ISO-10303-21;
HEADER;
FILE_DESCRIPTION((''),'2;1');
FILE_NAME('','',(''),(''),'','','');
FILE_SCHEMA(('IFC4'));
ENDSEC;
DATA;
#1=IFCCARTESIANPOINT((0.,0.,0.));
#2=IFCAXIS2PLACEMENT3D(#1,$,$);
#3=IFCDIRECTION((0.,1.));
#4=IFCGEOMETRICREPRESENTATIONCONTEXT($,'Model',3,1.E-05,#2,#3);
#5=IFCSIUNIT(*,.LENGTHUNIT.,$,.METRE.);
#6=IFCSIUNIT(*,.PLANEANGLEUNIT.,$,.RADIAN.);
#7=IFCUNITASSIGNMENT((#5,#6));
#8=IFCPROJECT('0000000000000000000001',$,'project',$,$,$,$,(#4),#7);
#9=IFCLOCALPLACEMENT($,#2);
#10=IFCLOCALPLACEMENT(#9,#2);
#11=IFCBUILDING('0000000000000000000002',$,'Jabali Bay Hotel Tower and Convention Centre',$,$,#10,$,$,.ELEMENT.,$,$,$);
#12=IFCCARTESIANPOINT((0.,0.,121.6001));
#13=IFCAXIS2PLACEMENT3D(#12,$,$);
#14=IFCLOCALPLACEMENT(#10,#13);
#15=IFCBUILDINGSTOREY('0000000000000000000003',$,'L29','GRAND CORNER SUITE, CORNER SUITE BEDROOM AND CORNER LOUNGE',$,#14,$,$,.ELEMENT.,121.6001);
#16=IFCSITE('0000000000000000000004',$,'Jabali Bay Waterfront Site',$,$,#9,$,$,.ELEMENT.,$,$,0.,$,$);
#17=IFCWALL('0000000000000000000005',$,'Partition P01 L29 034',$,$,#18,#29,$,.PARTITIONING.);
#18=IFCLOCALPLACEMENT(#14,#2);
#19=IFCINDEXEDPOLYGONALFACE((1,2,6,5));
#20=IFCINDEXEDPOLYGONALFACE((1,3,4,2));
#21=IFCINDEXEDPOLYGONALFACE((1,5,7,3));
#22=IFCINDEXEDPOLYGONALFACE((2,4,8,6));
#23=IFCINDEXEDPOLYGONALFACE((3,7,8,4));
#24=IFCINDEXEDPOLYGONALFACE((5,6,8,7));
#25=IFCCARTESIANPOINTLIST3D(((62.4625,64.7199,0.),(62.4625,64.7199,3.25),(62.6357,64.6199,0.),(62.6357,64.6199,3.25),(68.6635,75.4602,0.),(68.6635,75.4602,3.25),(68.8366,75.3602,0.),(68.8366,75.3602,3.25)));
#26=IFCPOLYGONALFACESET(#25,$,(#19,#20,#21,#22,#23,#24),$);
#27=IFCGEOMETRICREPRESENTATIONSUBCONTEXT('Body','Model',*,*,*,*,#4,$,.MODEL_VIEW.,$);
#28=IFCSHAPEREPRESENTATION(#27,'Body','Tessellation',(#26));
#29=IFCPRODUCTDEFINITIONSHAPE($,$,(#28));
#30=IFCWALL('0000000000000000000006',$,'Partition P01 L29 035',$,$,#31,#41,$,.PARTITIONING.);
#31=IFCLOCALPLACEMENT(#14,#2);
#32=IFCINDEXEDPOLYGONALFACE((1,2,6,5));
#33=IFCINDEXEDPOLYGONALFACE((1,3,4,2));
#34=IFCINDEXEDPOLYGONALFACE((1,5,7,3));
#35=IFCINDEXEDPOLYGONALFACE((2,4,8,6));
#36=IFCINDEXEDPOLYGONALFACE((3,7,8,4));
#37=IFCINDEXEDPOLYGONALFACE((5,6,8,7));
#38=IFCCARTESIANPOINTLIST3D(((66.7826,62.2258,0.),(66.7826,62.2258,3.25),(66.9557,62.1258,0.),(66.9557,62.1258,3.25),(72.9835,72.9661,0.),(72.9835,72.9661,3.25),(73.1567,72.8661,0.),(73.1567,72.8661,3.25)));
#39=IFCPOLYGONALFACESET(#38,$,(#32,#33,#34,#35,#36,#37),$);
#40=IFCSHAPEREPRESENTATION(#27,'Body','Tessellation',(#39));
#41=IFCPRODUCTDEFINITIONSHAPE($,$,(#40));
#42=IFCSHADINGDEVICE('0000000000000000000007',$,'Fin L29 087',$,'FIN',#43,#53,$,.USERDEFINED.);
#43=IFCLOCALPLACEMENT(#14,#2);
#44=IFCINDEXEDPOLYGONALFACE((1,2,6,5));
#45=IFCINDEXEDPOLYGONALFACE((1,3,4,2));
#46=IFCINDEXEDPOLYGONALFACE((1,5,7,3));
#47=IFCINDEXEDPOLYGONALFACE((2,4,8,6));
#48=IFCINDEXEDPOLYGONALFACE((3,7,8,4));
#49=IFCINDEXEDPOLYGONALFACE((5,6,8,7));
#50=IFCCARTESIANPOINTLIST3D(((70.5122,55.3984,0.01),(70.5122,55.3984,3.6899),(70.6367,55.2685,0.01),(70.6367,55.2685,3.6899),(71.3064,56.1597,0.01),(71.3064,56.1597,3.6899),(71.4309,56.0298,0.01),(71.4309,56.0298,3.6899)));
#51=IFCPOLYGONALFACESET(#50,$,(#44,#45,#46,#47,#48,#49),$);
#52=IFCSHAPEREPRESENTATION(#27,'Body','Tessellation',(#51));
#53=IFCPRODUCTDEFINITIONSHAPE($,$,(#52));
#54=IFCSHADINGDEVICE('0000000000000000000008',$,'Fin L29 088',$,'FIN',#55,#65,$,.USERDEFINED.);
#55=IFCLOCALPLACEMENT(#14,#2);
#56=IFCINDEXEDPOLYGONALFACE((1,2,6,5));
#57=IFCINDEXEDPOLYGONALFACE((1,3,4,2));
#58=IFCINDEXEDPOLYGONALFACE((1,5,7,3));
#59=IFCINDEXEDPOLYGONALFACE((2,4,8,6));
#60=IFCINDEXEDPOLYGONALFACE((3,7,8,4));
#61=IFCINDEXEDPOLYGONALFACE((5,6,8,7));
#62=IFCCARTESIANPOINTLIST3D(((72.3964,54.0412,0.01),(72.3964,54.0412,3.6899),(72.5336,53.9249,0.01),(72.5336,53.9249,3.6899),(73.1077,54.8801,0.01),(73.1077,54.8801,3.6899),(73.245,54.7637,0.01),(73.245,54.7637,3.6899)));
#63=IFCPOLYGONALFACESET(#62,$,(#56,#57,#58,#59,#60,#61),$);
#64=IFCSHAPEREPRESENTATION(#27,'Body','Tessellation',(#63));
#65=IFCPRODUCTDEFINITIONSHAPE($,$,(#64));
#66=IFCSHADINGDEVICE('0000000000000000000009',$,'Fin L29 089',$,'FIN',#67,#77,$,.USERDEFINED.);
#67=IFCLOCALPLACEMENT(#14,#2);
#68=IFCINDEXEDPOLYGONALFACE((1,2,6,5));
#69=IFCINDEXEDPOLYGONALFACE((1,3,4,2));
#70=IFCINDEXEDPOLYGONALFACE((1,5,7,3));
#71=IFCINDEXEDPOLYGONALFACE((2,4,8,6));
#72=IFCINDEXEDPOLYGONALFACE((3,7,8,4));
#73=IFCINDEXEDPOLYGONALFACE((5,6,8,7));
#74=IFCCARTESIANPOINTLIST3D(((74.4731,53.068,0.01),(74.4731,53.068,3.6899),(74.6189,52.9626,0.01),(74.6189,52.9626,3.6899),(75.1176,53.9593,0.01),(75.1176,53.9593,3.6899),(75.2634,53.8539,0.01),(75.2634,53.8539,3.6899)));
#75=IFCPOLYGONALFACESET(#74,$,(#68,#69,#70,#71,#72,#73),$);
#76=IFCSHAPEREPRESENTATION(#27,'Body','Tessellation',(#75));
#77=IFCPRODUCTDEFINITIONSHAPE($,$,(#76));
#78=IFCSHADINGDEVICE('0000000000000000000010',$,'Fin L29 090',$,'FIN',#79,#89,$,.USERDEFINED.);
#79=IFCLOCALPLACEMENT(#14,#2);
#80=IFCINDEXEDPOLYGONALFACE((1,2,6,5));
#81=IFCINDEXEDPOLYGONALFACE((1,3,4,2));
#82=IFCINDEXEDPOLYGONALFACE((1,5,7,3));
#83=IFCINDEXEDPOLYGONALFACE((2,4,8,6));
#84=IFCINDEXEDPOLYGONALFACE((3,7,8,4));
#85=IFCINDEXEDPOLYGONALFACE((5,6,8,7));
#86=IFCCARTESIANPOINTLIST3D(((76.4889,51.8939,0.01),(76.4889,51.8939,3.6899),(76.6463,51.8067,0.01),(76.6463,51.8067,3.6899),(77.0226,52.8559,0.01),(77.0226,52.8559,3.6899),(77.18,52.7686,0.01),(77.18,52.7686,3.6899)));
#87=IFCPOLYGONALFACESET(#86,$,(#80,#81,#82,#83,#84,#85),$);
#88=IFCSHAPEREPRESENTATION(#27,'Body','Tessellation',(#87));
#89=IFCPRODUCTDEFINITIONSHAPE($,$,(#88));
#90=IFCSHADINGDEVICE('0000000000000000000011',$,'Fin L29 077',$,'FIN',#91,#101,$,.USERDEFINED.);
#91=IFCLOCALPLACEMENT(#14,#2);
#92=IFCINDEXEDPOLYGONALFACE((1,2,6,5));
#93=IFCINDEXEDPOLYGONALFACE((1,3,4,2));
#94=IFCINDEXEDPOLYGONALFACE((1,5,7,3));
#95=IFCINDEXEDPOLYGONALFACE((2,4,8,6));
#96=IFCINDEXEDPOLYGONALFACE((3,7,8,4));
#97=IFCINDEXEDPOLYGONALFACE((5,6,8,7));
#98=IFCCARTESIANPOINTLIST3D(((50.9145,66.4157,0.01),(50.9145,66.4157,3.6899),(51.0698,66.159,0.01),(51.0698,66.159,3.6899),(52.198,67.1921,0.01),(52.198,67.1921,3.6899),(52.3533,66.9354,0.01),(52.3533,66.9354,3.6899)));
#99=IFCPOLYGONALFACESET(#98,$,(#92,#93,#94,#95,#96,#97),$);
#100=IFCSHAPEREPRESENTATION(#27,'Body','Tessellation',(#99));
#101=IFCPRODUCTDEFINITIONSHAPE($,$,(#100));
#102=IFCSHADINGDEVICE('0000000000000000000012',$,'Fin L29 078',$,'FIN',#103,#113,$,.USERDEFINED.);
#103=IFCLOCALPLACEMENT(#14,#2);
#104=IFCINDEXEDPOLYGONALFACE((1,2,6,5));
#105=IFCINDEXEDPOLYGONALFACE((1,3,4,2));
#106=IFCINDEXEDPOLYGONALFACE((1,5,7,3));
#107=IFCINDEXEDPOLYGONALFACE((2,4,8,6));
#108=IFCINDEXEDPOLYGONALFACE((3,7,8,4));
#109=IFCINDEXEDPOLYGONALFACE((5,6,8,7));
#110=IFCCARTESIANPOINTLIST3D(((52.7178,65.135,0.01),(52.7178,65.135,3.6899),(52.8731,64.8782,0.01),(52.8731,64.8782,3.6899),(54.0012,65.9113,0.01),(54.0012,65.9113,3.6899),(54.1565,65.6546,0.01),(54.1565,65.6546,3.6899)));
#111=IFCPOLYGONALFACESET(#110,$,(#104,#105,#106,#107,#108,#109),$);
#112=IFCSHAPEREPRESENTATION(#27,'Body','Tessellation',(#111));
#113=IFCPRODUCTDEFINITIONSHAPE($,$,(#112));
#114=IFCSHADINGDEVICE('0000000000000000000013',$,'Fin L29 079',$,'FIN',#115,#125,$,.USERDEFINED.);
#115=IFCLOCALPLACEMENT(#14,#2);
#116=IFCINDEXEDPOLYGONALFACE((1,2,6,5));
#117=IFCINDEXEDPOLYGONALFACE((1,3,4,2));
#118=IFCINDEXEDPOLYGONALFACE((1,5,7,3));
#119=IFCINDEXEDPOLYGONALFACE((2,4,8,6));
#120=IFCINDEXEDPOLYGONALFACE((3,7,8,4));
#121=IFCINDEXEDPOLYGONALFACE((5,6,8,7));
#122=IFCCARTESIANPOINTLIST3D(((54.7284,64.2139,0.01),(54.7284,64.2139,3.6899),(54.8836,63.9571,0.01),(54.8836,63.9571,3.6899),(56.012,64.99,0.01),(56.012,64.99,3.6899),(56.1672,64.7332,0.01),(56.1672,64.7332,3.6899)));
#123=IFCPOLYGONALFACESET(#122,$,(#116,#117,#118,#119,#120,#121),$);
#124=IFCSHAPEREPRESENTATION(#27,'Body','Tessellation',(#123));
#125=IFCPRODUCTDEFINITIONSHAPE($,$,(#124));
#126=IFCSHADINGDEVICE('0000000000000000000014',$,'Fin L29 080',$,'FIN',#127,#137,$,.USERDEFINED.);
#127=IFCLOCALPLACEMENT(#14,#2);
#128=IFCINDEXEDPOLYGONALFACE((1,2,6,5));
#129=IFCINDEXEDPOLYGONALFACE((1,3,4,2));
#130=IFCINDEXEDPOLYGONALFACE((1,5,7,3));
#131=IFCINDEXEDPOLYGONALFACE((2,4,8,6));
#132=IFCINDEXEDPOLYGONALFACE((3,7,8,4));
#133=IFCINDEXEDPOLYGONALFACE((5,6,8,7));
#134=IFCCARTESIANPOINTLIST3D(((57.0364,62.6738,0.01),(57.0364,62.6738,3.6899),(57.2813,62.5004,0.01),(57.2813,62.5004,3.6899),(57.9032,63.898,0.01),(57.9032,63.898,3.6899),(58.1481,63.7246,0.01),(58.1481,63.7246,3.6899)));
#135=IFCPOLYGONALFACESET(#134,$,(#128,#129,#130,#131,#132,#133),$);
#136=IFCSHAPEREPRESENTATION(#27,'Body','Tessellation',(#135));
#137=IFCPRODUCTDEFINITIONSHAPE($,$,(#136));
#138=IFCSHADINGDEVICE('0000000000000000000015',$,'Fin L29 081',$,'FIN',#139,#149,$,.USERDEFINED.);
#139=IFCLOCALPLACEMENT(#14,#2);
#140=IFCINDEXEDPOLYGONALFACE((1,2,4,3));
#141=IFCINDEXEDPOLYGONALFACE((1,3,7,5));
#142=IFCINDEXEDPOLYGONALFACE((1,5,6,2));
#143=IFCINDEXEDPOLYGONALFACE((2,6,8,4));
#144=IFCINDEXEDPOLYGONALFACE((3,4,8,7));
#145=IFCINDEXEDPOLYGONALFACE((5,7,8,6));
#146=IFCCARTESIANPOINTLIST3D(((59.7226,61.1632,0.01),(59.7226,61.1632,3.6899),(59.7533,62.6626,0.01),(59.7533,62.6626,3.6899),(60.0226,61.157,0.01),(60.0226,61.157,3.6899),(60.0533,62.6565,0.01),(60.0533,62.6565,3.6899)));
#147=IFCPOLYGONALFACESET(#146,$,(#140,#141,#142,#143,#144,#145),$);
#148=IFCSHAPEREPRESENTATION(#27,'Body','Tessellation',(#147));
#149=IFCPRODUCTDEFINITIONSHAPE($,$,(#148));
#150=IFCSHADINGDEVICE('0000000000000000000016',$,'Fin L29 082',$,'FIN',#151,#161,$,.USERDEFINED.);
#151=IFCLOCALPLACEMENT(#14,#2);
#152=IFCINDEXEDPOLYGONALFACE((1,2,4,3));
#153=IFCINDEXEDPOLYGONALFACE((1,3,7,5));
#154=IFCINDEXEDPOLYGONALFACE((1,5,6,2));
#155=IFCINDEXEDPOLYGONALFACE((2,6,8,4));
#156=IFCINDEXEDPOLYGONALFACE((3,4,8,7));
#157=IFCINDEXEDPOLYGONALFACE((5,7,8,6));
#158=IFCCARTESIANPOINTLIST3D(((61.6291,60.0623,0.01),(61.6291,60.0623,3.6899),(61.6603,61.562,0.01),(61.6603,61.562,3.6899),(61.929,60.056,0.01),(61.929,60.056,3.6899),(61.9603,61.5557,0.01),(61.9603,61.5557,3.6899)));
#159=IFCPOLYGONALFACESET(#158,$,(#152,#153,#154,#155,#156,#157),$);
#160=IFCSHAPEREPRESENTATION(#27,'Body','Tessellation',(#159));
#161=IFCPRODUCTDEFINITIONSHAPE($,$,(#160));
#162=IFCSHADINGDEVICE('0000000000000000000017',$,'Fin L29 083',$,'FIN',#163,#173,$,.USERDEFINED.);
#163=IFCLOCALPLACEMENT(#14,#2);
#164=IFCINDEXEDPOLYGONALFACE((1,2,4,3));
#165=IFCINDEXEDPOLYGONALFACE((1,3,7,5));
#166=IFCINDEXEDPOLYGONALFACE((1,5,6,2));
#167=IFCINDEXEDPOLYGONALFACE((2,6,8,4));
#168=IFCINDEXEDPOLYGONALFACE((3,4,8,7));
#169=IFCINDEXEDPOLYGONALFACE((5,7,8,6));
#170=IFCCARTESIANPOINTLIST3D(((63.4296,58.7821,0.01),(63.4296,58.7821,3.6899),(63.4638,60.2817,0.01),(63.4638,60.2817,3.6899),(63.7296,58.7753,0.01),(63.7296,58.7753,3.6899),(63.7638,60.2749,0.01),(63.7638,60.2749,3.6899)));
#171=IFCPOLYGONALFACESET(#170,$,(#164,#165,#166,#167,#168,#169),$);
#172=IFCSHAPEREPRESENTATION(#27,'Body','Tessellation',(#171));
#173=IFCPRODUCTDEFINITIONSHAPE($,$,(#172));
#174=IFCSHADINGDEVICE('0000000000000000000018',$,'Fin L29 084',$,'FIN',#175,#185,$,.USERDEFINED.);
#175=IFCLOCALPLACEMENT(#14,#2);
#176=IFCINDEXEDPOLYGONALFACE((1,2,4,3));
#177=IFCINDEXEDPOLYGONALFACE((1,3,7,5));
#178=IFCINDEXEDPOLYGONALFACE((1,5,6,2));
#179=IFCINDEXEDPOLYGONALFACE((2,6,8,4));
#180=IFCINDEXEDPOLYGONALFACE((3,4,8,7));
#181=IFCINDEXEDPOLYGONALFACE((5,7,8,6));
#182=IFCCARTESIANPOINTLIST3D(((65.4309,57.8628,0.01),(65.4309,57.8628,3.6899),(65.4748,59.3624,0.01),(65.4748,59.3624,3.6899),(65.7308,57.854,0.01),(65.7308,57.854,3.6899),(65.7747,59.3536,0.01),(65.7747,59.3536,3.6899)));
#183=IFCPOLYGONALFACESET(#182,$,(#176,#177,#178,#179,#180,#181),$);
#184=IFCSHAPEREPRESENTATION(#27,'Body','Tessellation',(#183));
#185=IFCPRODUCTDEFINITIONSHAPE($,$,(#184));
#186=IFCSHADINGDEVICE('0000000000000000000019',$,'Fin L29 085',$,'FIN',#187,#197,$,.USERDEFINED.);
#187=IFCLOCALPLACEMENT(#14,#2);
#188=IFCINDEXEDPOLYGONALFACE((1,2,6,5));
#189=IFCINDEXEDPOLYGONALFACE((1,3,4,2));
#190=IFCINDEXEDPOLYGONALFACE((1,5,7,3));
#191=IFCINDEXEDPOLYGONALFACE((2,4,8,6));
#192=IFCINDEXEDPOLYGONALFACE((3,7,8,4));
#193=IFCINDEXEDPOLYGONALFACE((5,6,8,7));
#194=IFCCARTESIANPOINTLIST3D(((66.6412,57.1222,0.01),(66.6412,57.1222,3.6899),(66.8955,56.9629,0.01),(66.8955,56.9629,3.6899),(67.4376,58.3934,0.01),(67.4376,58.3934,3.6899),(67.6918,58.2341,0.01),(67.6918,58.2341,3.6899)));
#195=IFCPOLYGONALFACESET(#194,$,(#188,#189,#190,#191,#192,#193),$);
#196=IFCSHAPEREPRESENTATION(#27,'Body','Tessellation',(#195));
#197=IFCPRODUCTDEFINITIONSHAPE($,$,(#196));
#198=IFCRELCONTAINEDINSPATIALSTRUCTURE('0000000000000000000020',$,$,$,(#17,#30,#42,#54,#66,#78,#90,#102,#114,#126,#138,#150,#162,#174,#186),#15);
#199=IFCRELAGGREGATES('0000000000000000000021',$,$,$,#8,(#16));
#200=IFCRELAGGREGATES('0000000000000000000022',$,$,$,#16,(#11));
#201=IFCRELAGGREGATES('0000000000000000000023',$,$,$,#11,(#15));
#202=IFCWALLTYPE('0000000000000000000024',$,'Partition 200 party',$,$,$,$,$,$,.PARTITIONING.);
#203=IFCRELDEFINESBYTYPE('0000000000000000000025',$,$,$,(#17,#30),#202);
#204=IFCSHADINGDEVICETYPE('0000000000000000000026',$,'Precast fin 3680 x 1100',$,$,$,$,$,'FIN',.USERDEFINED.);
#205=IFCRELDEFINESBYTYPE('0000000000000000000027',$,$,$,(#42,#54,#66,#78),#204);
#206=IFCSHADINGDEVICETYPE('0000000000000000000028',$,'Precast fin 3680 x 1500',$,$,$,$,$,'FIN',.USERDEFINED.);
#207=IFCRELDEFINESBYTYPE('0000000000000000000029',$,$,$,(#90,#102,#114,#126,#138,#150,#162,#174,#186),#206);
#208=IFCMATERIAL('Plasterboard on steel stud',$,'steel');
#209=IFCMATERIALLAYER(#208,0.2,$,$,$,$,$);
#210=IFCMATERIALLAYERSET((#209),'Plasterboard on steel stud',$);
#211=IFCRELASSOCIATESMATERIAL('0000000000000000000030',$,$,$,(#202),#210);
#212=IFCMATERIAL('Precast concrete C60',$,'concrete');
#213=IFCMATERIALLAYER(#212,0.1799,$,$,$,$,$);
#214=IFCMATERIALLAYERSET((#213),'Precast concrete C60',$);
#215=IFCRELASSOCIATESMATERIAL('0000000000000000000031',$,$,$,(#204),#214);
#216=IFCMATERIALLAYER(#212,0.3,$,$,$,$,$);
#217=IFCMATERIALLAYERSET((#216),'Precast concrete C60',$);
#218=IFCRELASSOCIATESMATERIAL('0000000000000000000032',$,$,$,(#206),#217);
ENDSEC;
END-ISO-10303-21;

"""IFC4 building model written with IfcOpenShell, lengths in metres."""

from ifc_helpers import new_model, si_unit, direction, frame, frame_2d, origin, place, context, subcontext, project, spatial, rectangle, extrude, material, layer, layer_set, type_object, element, save


model = new_model("IFC4")

# Units and contexts
model_context = context("Model", 3, precision=1e-05, world=origin(), true_north=direction((0.0, 1.0)))
body_context = subcontext(model_context, "Body", "Model", "MODEL_VIEW")
ifc_project = project(units=[si_unit("LENGTHUNIT", "METRE"), si_unit("PLANEANGLEUNIT", "RADIAN")], contexts=[model_context])

# Site, building, storey
site_placement = place(None, origin())
site = spatial("IfcSite", under=ifc_project, at=site_placement, Name="Jabali Bay Waterfront Site", CompositionType="ELEMENT", RefElevation=0.0)
building_placement = place(site_placement, origin())
building = spatial("IfcBuilding", under=site, at=building_placement, Name="Jabali Bay Hotel Tower and Convention Centre", CompositionType="ELEMENT")
storey_placement = place(building_placement, frame((0.0, 0.0, 121.6001)))
storey = spatial("IfcBuildingStorey", under=building, at=storey_placement, Name="L29", Description="GRAND CORNER SUITE, CORNER SUITE BEDROOM AND CORNER LOUNGE", CompositionType="ELEMENT", Elevation=121.6001)

# Walls
ifc_material_1 = material(Name="Plasterboard on steel stud", Category="steel")
ifc_layer_1 = layer(ifc_material_1, 0.2)
ifc_layer_set_1 = layer_set([ifc_layer_1], Name="Plasterboard on steel stud")
wall_type_1 = type_object("IfcWallType", Name="Partition 200 party", PredefinedType="PARTITIONING", material=ifc_layer_set_1)
for number, where, z_axis, x_axis, name in (
    (1, (62.5491, 64.6699, 0.0), (0.0, 0.0, 1.0), (0.500003, 0.866024, 0.0), "Partition P01 L29 034"),
    (2, (66.8691, 62.1758, 0.0), (0.0, 0.0, 1.0), (0.500003, 0.866024, 0.0), "Partition P01 L29 035"),
):
    element("IfcWall", number, at=place(storey_placement, frame(where, z_axis=z_axis, x_axis=x_axis)), inside=storey, type_object=wall_type_1, Name=name, PredefinedType="PARTITIONING", context=body_context, shape_type="SweptSolid", body=[
        extrude(rectangle(XDim=12.4019, YDim=0.2, at=frame_2d((6.2009, 0.0))), origin(), (0.0, 0.0, 1.0), 3.25),
    ])

# Shading devices
ifc_material_2 = material(Name="Precast concrete C60", Category="concrete")
ifc_layer_2 = layer(ifc_material_2, 0.1799)
ifc_layer_set_2 = layer_set([ifc_layer_2], Name="Precast concrete C60")
shading_device_type_1 = type_object("IfcShadingDeviceType", Name="Precast fin 3680 x 1100", ElementType="FIN", PredefinedType="USERDEFINED", material=ifc_layer_set_2)
shading_device_1_placement = place(storey_placement, frame((71.3687, 56.0947, 0.01), z_axis=(0.0, 0.0, 1.0), x_axis=(-0.721928, -0.691968, 0.0)))
element("IfcShadingDevice", 3, at=shading_device_1_placement, inside=storey, type_object=shading_device_type_1, Name="Fin L29 087", ObjectType="FIN", PredefinedType="USERDEFINED", context=body_context, shape_type="SweptSolid", body=[
    extrude(rectangle(XDim=1.1001, YDim=0.1799, at=frame_2d((0.55, 0.0))), origin(), (0.0, 0.0, 1.0), 3.6799),
])
for number, where, z_axis, x_axis, name in (
    (4, (73.1763, 54.8218, 0.01), (0.0, 0.0, 1.0), (-0.646798, -0.762662, 0.0), "Fin L29 088"),
    (5, (75.1904, 53.9065, 0.01), (0.0, 0.0, 1.0), (-0.585952, -0.810345, 0.0), "Fin L29 089"),
):
    element("IfcShadingDevice", number, at=place(storey_placement, frame(where, z_axis=z_axis, x_axis=x_axis)), inside=storey, type_object=shading_device_type_1, Name=name, ObjectType="FIN", PredefinedType="USERDEFINED", context=body_context, shape_type="SweptSolid", body=[
        extrude(rectangle(XDim=1.0999, YDim=0.1799, at=frame_2d((0.5498, 0.0))), origin(), (0.0, 0.0, 1.0), 3.6799),
    ])
shading_device_2_placement = place(storey_placement, frame((77.1013, 52.8123, 0.01), z_axis=(0.0, 0.0, 1.0), x_axis=(-0.485153, -0.874429, 0.0)))
element("IfcShadingDevice", 6, at=shading_device_2_placement, inside=storey, type_object=shading_device_type_1, Name="Fin L29 090", ObjectType="FIN", PredefinedType="USERDEFINED", context=body_context, shape_type="SweptSolid", body=[
    extrude(rectangle(XDim=1.1001, YDim=0.1799, at=frame_2d((0.55, 0.0))), origin(), (0.0, 0.0, 1.0), 3.6799),
])
ifc_layer_3 = layer(ifc_material_2, 0.3)
ifc_layer_set_3 = layer_set([ifc_layer_3], Name="Precast concrete C60")
shading_device_type_2 = type_object("IfcShadingDeviceType", Name="Precast fin 3680 x 1500", ElementType="FIN", PredefinedType="USERDEFINED", material=ifc_layer_set_3)
for number, where, z_axis, x_axis, name in (
    (7, (52.2756, 67.0637, 0.01), (0.0, 0.0, 1.0), (-0.855635, -0.51758, 0.0), "Fin L29 077"),
    (8, (54.0789, 65.783, 0.01), (0.0, 0.0, 1.0), (-0.855635, -0.51758, 0.0), "Fin L29 078"),
    (9, (56.0896, 64.8616, 0.01), (0.0, 0.0, 1.0), (-0.85575, -0.517389, 0.0), "Fin L29 079"),
    (10, (58.0256, 63.8113, 0.01), (0.0, 0.0, 1.0), (-0.577846, -0.816146, 0.0), "Fin L29 080"),
):
    element("IfcShadingDevice", number, at=place(storey_placement, frame(where, z_axis=z_axis, x_axis=x_axis)), inside=storey, type_object=shading_device_type_2, Name=name, ObjectType="FIN", PredefinedType="USERDEFINED", context=body_context, shape_type="SweptSolid", body=[
        extrude(rectangle(XDim=1.5, YDim=0.3, at=frame_2d((0.75, 0.0))), origin(), (0.0, 0.0, 1.0), 3.6799),
    ])
shading_device_3_placement = place(storey_placement, frame((59.9033, 62.6597, 0.01), z_axis=(0.0, 0.0, 1.0), x_axis=(-0.02051, -0.99979, 0.0)))
element("IfcShadingDevice", 11, at=shading_device_3_placement, inside=storey, type_object=shading_device_type_2, Name="Fin L29 081", ObjectType="FIN", PredefinedType="USERDEFINED", context=body_context, shape_type="SweptSolid", body=[
    extrude(rectangle(XDim=1.4998, YDim=0.3, at=frame_2d((0.75, 0.0))), origin(), (0.0, 0.0, 1.0), 3.6799),
])
for number, where, z_axis, x_axis, name in (
    (12, (61.8103, 61.5588, 0.01), (0.0, 0.0, 1.0), (-0.020832, -0.999783, 0.0), "Fin L29 082"),
    (13, (63.6138, 60.2783, 0.01), (0.0, 0.0, 1.0), (-0.022788, -0.99974, 0.0), "Fin L29 083"),
):
    element("IfcShadingDevice", number, at=place(storey_placement, frame(where, z_axis=z_axis, x_axis=x_axis)), inside=storey, type_object=shading_device_type_2, Name=name, ObjectType="FIN", PredefinedType="USERDEFINED", context=body_context, shape_type="SweptSolid", body=[
        extrude(rectangle(XDim=1.5, YDim=0.3, at=frame_2d((0.75, 0.0))), origin(), (0.0, 0.0, 1.0), 3.6799),
    ])
shading_device_4_placement = place(storey_placement, frame((65.6248, 59.3579, 0.01), z_axis=(0.0, 0.0, 1.0), x_axis=(-0.029294, -0.999571, 0.0)))
element("IfcShadingDevice", 14, at=shading_device_4_placement, inside=storey, type_object=shading_device_type_2, Name="Fin L29 084", ObjectType="FIN", PredefinedType="USERDEFINED", context=body_context, shape_type="SweptSolid", body=[
    extrude(rectangle(XDim=1.5002, YDim=0.3, at=frame_2d((0.75, 0.0))), origin(), (0.0, 0.0, 1.0), 3.6799),
])
shading_device_5_placement = place(storey_placement, frame((67.5647, 58.3137, 0.01), z_axis=(0.0, 0.0, 1.0), x_axis=(-0.530891, -0.84744, 0.0)))
element("IfcShadingDevice", 15, at=shading_device_5_placement, inside=storey, type_object=shading_device_type_2, Name="Fin L29 085", ObjectType="FIN", PredefinedType="USERDEFINED", context=body_context, shape_type="SweptSolid", body=[
    extrude(rectangle(XDim=1.5, YDim=0.3, at=frame_2d((0.75, 0.0))), origin(), (0.0, 0.0, 1.0), 3.6799),
])

save(model, "model.ifc")
